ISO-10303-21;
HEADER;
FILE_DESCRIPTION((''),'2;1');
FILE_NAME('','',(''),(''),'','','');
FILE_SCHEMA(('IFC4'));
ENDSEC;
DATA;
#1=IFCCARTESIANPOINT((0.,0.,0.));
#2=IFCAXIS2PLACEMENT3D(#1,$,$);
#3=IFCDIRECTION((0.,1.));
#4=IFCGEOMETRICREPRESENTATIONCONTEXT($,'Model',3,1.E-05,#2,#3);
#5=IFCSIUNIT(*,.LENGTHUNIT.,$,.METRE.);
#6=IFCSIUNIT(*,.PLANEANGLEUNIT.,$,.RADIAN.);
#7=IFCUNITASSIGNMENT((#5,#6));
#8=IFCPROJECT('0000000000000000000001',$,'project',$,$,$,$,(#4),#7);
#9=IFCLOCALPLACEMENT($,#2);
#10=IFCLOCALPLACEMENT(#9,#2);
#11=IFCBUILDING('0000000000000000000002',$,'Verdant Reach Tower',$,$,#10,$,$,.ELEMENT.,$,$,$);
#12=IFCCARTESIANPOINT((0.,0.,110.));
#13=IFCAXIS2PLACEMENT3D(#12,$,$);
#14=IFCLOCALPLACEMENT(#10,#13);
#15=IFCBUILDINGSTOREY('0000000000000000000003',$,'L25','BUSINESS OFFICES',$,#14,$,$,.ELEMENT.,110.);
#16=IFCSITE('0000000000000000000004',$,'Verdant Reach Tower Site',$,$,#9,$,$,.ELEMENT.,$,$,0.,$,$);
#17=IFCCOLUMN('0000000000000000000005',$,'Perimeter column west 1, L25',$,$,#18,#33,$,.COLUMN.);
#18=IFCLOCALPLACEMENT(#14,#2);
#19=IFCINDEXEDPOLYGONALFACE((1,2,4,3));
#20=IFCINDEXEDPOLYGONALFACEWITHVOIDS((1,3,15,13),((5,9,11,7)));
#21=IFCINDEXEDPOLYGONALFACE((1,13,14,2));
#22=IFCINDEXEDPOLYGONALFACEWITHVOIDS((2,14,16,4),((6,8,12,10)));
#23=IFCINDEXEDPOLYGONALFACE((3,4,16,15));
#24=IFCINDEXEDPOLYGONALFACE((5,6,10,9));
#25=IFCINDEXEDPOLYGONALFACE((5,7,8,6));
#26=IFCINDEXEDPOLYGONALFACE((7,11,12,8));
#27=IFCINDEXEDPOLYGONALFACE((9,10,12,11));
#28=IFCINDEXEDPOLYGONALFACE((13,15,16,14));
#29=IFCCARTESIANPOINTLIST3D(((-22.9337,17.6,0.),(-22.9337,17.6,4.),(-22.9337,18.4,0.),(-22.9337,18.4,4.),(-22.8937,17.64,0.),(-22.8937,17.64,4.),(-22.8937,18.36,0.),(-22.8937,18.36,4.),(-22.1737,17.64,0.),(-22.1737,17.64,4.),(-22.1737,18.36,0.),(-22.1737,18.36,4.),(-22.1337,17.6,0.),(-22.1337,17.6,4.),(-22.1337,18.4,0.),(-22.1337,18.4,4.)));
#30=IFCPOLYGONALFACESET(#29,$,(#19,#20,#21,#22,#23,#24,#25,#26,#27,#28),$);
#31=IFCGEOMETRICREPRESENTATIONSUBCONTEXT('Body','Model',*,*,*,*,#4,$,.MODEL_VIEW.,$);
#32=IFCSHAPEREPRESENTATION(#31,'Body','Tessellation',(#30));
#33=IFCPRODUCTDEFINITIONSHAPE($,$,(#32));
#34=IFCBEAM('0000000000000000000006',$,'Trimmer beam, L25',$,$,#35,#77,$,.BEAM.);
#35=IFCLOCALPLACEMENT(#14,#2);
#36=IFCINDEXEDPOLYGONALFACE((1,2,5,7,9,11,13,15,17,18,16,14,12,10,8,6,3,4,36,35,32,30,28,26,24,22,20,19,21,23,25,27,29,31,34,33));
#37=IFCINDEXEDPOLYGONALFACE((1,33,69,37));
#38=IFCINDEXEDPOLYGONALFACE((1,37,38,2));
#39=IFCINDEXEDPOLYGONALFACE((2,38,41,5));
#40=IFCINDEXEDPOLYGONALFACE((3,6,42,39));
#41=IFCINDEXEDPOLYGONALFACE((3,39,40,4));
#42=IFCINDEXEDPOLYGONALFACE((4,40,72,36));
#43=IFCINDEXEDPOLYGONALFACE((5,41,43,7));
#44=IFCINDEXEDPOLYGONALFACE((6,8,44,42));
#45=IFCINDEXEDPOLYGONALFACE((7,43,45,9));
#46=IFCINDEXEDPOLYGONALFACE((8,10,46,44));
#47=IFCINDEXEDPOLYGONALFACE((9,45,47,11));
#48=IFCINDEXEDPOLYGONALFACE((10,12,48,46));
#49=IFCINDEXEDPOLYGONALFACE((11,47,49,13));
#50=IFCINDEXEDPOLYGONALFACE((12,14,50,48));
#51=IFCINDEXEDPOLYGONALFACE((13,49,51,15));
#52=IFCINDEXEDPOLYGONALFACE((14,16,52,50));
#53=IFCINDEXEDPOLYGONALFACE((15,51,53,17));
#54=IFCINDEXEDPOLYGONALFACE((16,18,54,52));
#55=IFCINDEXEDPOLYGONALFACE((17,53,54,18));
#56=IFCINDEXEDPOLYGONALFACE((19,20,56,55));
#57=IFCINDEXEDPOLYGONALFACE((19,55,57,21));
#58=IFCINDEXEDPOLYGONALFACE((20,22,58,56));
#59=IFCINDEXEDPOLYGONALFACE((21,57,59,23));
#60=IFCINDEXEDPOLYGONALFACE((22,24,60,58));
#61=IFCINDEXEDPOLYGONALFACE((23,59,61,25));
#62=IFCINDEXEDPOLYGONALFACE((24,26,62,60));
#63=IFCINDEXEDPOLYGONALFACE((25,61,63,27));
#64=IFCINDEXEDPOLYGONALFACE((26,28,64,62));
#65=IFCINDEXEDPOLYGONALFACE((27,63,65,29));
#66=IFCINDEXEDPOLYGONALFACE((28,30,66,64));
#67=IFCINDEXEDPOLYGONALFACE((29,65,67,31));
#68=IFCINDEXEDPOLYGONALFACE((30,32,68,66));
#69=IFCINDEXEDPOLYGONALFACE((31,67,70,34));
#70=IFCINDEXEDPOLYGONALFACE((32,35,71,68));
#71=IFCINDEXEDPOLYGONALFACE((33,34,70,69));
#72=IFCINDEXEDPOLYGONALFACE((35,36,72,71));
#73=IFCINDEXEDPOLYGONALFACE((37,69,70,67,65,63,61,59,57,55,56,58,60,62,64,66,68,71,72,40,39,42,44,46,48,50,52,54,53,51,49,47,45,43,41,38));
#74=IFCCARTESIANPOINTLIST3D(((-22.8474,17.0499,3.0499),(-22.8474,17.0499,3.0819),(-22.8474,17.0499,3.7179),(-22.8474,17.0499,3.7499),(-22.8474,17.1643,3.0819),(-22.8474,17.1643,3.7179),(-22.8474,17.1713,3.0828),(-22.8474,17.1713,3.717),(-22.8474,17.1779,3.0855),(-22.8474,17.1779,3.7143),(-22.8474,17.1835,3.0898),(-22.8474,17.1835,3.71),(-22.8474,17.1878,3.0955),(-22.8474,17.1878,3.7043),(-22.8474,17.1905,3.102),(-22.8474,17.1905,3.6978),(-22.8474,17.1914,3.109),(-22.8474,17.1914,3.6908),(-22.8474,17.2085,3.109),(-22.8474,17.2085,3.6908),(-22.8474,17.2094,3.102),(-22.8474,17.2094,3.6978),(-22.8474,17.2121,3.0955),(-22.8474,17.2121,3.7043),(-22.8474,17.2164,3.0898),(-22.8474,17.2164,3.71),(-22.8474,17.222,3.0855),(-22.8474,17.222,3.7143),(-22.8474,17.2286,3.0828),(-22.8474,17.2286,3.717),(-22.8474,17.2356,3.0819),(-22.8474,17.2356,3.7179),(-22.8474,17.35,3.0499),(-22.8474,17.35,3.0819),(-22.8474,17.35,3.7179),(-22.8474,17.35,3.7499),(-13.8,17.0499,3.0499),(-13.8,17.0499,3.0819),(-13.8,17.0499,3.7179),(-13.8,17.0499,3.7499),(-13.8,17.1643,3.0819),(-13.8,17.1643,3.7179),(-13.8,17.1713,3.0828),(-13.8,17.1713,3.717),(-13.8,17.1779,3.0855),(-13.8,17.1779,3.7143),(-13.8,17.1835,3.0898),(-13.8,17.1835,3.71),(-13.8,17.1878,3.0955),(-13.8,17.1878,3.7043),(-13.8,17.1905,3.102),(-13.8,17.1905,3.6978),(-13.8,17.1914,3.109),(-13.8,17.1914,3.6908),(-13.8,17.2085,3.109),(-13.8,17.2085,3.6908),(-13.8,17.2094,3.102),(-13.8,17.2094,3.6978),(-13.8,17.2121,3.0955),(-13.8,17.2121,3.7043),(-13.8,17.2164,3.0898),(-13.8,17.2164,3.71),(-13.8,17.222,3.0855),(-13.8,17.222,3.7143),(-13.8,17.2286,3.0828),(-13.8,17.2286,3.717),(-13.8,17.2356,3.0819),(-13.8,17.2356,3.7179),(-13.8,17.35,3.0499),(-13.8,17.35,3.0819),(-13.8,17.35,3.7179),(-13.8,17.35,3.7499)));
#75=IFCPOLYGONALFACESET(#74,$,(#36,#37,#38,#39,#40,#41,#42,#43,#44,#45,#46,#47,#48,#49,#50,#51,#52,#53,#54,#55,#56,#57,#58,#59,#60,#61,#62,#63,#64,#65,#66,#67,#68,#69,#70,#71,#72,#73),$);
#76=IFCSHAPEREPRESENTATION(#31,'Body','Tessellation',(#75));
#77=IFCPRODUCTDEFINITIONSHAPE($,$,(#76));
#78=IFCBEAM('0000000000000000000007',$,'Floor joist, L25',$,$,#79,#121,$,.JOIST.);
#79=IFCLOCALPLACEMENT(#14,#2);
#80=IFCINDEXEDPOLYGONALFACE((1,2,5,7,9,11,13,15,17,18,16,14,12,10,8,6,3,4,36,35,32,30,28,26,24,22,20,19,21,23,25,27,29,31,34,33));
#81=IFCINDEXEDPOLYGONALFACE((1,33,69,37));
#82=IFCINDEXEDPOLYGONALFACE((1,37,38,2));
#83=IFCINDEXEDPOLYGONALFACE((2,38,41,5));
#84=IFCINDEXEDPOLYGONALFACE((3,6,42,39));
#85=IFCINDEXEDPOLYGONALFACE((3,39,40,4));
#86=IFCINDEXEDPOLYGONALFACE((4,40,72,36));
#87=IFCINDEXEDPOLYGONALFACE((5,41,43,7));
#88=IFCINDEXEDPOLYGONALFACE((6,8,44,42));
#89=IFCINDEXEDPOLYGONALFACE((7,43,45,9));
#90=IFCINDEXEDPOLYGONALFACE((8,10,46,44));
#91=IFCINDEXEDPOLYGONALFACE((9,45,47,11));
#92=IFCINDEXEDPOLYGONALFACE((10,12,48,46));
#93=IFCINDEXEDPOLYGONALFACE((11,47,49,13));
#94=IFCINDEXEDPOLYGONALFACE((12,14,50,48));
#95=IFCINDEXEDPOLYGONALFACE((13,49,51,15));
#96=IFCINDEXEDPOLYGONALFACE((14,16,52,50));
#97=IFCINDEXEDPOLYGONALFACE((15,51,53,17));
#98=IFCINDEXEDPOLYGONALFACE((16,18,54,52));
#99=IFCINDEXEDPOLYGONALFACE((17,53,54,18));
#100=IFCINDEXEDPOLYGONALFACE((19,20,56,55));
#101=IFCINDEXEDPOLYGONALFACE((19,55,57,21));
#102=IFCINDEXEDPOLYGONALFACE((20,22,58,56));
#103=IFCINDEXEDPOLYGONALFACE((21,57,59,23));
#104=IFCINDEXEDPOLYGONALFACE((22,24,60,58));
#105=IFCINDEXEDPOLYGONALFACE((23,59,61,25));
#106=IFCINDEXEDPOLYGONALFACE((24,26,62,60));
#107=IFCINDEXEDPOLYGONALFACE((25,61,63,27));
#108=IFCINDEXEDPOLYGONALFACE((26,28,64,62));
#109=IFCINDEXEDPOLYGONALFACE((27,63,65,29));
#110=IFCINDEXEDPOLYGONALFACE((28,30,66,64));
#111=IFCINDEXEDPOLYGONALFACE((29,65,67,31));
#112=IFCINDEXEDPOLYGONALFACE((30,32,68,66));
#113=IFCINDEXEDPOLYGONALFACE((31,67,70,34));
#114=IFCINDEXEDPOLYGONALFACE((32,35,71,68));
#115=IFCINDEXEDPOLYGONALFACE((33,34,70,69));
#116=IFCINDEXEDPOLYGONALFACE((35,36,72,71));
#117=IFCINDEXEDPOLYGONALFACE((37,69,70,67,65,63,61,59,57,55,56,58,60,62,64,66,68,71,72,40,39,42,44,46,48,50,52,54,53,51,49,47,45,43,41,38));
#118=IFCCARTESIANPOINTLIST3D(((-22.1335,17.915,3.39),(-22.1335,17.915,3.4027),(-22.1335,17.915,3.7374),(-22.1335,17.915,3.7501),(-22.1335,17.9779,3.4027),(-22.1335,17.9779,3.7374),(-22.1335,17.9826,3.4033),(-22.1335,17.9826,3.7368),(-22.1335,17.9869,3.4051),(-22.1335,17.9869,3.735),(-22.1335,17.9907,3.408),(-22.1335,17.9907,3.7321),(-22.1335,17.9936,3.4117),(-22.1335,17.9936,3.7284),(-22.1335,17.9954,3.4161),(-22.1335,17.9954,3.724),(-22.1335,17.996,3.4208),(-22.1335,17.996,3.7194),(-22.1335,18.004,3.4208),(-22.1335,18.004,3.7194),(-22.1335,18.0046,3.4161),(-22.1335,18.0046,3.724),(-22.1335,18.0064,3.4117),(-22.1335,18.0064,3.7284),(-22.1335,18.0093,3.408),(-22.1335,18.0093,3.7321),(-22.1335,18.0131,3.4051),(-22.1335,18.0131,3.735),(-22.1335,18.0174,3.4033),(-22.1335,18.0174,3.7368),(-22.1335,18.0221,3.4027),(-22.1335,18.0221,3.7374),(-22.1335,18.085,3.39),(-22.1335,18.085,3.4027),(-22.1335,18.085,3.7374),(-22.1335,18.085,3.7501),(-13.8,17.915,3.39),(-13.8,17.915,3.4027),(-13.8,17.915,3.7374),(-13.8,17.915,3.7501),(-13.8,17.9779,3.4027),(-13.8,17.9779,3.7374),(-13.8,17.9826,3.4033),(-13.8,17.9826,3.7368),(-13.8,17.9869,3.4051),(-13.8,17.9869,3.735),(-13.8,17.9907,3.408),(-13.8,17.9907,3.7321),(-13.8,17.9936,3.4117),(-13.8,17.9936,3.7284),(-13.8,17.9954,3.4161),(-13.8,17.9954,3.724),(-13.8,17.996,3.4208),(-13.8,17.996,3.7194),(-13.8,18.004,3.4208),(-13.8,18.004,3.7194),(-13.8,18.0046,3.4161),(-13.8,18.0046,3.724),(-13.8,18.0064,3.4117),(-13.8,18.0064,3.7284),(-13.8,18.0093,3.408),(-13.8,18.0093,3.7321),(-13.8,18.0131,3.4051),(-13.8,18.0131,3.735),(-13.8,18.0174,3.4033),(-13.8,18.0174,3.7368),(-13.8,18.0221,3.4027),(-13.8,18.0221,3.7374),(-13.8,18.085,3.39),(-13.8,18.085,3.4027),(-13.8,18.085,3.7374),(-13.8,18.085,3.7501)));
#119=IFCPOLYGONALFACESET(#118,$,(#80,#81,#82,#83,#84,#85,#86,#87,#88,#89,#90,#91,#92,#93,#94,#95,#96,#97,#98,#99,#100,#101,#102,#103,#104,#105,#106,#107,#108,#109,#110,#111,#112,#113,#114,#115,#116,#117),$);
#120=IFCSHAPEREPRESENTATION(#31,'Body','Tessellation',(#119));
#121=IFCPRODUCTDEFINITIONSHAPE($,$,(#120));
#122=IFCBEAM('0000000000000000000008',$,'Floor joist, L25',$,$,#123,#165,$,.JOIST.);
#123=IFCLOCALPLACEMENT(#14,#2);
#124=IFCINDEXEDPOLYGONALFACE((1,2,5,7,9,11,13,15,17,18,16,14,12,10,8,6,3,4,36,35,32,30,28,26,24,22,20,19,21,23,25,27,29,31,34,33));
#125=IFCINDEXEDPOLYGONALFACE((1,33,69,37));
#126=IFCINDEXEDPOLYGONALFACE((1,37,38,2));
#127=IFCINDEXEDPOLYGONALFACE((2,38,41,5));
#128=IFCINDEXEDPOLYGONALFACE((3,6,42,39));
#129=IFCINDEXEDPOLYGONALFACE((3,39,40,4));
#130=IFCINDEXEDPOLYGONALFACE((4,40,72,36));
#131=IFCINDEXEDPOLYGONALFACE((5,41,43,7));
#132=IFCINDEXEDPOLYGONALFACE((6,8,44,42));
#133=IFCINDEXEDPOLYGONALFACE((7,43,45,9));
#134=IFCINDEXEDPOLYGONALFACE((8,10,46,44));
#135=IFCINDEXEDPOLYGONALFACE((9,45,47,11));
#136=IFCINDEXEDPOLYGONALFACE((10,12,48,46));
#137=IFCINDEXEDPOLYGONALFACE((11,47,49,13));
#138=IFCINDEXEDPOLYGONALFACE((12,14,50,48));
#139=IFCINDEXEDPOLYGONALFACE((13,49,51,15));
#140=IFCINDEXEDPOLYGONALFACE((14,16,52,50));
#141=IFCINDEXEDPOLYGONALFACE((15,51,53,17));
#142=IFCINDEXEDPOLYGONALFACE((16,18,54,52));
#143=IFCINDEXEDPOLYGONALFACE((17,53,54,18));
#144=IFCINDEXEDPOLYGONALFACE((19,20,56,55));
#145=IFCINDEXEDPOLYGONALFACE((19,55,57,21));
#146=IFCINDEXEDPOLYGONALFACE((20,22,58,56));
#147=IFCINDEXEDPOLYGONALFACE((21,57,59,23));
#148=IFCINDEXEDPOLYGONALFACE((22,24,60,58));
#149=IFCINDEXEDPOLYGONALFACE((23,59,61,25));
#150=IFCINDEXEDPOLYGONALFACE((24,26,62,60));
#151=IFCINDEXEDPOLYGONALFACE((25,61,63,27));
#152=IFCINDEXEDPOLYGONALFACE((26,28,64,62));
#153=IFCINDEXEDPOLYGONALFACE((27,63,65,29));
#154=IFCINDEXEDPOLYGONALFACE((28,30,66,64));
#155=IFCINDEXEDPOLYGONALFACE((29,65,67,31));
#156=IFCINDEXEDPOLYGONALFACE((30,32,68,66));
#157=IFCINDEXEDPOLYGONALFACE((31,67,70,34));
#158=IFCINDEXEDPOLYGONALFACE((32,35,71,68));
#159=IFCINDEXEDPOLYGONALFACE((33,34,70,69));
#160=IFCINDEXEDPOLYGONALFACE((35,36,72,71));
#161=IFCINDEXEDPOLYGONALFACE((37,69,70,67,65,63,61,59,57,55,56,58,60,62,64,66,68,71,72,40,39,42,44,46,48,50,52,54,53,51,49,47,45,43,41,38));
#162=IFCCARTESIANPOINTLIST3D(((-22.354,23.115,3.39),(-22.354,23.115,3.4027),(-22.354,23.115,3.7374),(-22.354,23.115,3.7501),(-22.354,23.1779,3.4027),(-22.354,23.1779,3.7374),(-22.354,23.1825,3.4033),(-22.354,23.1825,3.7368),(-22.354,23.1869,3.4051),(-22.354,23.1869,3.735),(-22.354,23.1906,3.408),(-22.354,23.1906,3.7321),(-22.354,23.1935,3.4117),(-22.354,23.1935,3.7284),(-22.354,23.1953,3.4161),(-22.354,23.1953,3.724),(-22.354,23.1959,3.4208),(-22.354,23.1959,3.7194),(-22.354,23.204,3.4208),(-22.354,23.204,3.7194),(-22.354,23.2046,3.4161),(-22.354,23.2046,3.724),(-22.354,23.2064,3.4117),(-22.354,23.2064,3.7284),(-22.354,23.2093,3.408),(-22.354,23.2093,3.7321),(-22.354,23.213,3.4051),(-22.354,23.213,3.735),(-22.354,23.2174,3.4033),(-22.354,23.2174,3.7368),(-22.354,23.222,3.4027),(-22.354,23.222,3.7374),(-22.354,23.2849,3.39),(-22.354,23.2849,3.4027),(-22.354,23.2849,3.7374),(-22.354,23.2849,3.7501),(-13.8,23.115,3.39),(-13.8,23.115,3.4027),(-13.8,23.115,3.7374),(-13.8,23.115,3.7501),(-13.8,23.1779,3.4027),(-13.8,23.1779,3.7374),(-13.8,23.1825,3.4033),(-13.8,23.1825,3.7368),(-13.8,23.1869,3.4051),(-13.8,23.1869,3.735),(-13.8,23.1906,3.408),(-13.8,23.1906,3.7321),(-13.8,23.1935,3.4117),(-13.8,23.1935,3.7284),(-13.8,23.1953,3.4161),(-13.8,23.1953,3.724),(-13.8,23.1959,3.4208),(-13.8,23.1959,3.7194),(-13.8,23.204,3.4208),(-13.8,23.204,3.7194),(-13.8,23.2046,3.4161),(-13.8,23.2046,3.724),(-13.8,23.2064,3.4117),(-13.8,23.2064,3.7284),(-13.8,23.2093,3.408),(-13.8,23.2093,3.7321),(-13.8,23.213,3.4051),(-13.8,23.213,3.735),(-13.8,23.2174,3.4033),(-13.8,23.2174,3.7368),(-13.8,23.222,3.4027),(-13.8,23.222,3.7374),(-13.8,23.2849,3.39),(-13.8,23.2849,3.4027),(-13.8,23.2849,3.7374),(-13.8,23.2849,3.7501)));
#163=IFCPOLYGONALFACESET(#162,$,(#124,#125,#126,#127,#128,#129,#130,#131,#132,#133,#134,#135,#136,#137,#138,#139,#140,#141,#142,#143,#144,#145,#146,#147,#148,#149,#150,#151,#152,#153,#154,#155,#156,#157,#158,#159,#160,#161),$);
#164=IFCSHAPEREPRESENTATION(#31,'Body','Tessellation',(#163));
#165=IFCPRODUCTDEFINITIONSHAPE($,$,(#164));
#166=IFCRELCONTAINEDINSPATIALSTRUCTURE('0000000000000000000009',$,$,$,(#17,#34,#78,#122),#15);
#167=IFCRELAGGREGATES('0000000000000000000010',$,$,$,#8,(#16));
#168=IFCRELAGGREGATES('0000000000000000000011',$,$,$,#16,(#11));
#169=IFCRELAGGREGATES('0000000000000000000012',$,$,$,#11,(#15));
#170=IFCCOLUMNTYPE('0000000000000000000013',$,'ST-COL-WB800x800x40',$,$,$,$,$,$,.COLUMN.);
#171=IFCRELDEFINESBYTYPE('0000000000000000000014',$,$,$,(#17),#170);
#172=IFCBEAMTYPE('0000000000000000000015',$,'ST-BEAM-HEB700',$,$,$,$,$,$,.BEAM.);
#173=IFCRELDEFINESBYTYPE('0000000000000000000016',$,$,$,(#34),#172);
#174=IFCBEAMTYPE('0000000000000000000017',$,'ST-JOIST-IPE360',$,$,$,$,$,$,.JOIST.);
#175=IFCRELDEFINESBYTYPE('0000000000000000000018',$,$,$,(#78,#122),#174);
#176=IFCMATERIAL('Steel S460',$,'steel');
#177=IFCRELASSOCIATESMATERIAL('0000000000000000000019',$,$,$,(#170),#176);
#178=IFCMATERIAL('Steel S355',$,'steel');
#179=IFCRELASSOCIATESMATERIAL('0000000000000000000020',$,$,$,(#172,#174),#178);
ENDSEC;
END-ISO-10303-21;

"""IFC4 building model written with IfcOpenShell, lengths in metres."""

from ifc_helpers import new_model, si_unit, direction, frame, origin, origin_2d, place, context, subcontext, project, spatial, hollow_rectangle, i_section, extrude, material, material_profile, profile_set, type_object, element, save


model = new_model("IFC4")

# Units and contexts
model_context = context("Model", 3, precision=1e-05, world=origin(), true_north=direction((0.0, 1.0)))
body_context = subcontext(model_context, "Body", "Model", "MODEL_VIEW")
ifc_project = project(units=[si_unit("LENGTHUNIT", "METRE"), si_unit("PLANEANGLEUNIT", "RADIAN")], contexts=[model_context])

# Site, building, storey
site_placement = place(None, origin())
site = spatial("IfcSite", under=ifc_project, at=site_placement, Name="Verdant Reach Tower Site", CompositionType="ELEMENT", RefElevation=0.0)
building_placement = place(site_placement, origin())
building = spatial("IfcBuilding", under=site, at=building_placement, Name="Verdant Reach Tower", CompositionType="ELEMENT")
storey_placement = place(building_placement, frame((0.0, 0.0, 110.0)))
storey = spatial("IfcBuildingStorey", under=building, at=storey_placement, Name="L25", Description="BUSINESS OFFICES", CompositionType="ELEMENT", Elevation=110.0)

# Column
ifc_material_1 = material(Name="Steel S460", Category="steel")
ifc_material_profile_1 = material_profile(ifc_material_1, hollow_rectangle(XDim=0.8, YDim=0.8, WallThickness=0.04, at=origin_2d()), Name="WB 800x800x40")
ifc_profile_set_1 = profile_set([ifc_material_profile_1], Name="Steel S460")
column_type = type_object("IfcColumnType", Name="ST-COL-WB800x800x40", PredefinedType="COLUMN", material=ifc_profile_set_1)
column_placement = place(storey_placement, frame((-22.5337, 18.0, 0.0), z_axis=(0.0, 0.0, 1.0), x_axis=(1.0, 0.0, 0.0)))
element("IfcColumn", 1, at=column_placement, inside=storey, type_object=column_type, Name="Perimeter column west 1, L25", PredefinedType="COLUMN", context=body_context, shape_type="SweptSolid", body=[
    extrude(hollow_rectangle(XDim=0.8, YDim=0.8, WallThickness=0.04, at=origin_2d()), origin(), (0.0, 0.0, 1.0), 4.0),
])

# Beams
ifc_material_2 = material(Name="Steel S355", Category="steel")
ifc_material_profile_2 = material_profile(ifc_material_2, i_section(OverallWidth=0.3, OverallDepth=0.7, WebThickness=0.0171, FlangeThickness=0.032, FilletRadius=0.0271, at=origin_2d()), Name="HEB 700")
ifc_profile_set_2 = profile_set([ifc_material_profile_2], Name="Steel S355")
beam_type_1 = type_object("IfcBeamType", Name="ST-BEAM-HEB700", PredefinedType="BEAM", material=ifc_profile_set_2)
beam_1_placement = place(storey_placement, frame((-13.8, 17.2, 3.3999), z_axis=(-1.0, 0.0, 0.0), x_axis=(0.0, -1.0, 0.0)))
element("IfcBeam", 2, at=beam_1_placement, inside=storey, type_object=beam_type_1, Name="Trimmer beam, L25", PredefinedType="BEAM", context=body_context, shape_type="SweptSolid", body=[
    extrude(i_section(OverallWidth=0.3, OverallDepth=0.7, WebThickness=0.0171, FlangeThickness=0.032, FilletRadius=0.0271, at=origin_2d()), origin(), (0.0, 0.0, 1.0), 9.0474),
])
ifc_material_profile_3 = material_profile(ifc_material_2, i_section(OverallWidth=0.1699, OverallDepth=0.3601, WebThickness=0.0081, FlangeThickness=0.0127, FilletRadius=0.0181, at=origin_2d()), Name="IPE 360")
ifc_profile_set_3 = profile_set([ifc_material_profile_3], Name="Steel S355")
beam_type_2 = type_object("IfcBeamType", Name="ST-JOIST-IPE360", PredefinedType="JOIST", material=ifc_profile_set_3)
beam_2_placement = place(storey_placement, frame((-13.8, 18.0, 3.5701), z_axis=(-1.0, 0.0, 0.0), x_axis=(0.0, -1.0, 0.0)))
element("IfcBeam", 3, at=beam_2_placement, inside=storey, type_object=beam_type_2, Name="Floor joist, L25", PredefinedType="JOIST", context=body_context, shape_type="SweptSolid", body=[
    extrude(i_section(OverallWidth=0.1699, OverallDepth=0.3601, WebThickness=0.0081, FlangeThickness=0.0127, FilletRadius=0.0181, at=origin_2d()), origin(), (0.0, 0.0, 1.0), 8.3335),
])
beam_3_placement = place(storey_placement, frame((-13.8, 23.2, 3.5701), z_axis=(-1.0, 0.0, 0.0), x_axis=(0.0, -1.0, 0.0)))
element("IfcBeam", 4, at=beam_3_placement, inside=storey, type_object=beam_type_2, Name="Floor joist, L25", PredefinedType="JOIST", context=body_context, shape_type="SweptSolid", body=[
    extrude(i_section(OverallWidth=0.1699, OverallDepth=0.3601, WebThickness=0.0081, FlangeThickness=0.0127, FilletRadius=0.0181, at=origin_2d()), origin(), (0.0, 0.0, 1.0), 8.554),
])

save(model, "model.ifc")
